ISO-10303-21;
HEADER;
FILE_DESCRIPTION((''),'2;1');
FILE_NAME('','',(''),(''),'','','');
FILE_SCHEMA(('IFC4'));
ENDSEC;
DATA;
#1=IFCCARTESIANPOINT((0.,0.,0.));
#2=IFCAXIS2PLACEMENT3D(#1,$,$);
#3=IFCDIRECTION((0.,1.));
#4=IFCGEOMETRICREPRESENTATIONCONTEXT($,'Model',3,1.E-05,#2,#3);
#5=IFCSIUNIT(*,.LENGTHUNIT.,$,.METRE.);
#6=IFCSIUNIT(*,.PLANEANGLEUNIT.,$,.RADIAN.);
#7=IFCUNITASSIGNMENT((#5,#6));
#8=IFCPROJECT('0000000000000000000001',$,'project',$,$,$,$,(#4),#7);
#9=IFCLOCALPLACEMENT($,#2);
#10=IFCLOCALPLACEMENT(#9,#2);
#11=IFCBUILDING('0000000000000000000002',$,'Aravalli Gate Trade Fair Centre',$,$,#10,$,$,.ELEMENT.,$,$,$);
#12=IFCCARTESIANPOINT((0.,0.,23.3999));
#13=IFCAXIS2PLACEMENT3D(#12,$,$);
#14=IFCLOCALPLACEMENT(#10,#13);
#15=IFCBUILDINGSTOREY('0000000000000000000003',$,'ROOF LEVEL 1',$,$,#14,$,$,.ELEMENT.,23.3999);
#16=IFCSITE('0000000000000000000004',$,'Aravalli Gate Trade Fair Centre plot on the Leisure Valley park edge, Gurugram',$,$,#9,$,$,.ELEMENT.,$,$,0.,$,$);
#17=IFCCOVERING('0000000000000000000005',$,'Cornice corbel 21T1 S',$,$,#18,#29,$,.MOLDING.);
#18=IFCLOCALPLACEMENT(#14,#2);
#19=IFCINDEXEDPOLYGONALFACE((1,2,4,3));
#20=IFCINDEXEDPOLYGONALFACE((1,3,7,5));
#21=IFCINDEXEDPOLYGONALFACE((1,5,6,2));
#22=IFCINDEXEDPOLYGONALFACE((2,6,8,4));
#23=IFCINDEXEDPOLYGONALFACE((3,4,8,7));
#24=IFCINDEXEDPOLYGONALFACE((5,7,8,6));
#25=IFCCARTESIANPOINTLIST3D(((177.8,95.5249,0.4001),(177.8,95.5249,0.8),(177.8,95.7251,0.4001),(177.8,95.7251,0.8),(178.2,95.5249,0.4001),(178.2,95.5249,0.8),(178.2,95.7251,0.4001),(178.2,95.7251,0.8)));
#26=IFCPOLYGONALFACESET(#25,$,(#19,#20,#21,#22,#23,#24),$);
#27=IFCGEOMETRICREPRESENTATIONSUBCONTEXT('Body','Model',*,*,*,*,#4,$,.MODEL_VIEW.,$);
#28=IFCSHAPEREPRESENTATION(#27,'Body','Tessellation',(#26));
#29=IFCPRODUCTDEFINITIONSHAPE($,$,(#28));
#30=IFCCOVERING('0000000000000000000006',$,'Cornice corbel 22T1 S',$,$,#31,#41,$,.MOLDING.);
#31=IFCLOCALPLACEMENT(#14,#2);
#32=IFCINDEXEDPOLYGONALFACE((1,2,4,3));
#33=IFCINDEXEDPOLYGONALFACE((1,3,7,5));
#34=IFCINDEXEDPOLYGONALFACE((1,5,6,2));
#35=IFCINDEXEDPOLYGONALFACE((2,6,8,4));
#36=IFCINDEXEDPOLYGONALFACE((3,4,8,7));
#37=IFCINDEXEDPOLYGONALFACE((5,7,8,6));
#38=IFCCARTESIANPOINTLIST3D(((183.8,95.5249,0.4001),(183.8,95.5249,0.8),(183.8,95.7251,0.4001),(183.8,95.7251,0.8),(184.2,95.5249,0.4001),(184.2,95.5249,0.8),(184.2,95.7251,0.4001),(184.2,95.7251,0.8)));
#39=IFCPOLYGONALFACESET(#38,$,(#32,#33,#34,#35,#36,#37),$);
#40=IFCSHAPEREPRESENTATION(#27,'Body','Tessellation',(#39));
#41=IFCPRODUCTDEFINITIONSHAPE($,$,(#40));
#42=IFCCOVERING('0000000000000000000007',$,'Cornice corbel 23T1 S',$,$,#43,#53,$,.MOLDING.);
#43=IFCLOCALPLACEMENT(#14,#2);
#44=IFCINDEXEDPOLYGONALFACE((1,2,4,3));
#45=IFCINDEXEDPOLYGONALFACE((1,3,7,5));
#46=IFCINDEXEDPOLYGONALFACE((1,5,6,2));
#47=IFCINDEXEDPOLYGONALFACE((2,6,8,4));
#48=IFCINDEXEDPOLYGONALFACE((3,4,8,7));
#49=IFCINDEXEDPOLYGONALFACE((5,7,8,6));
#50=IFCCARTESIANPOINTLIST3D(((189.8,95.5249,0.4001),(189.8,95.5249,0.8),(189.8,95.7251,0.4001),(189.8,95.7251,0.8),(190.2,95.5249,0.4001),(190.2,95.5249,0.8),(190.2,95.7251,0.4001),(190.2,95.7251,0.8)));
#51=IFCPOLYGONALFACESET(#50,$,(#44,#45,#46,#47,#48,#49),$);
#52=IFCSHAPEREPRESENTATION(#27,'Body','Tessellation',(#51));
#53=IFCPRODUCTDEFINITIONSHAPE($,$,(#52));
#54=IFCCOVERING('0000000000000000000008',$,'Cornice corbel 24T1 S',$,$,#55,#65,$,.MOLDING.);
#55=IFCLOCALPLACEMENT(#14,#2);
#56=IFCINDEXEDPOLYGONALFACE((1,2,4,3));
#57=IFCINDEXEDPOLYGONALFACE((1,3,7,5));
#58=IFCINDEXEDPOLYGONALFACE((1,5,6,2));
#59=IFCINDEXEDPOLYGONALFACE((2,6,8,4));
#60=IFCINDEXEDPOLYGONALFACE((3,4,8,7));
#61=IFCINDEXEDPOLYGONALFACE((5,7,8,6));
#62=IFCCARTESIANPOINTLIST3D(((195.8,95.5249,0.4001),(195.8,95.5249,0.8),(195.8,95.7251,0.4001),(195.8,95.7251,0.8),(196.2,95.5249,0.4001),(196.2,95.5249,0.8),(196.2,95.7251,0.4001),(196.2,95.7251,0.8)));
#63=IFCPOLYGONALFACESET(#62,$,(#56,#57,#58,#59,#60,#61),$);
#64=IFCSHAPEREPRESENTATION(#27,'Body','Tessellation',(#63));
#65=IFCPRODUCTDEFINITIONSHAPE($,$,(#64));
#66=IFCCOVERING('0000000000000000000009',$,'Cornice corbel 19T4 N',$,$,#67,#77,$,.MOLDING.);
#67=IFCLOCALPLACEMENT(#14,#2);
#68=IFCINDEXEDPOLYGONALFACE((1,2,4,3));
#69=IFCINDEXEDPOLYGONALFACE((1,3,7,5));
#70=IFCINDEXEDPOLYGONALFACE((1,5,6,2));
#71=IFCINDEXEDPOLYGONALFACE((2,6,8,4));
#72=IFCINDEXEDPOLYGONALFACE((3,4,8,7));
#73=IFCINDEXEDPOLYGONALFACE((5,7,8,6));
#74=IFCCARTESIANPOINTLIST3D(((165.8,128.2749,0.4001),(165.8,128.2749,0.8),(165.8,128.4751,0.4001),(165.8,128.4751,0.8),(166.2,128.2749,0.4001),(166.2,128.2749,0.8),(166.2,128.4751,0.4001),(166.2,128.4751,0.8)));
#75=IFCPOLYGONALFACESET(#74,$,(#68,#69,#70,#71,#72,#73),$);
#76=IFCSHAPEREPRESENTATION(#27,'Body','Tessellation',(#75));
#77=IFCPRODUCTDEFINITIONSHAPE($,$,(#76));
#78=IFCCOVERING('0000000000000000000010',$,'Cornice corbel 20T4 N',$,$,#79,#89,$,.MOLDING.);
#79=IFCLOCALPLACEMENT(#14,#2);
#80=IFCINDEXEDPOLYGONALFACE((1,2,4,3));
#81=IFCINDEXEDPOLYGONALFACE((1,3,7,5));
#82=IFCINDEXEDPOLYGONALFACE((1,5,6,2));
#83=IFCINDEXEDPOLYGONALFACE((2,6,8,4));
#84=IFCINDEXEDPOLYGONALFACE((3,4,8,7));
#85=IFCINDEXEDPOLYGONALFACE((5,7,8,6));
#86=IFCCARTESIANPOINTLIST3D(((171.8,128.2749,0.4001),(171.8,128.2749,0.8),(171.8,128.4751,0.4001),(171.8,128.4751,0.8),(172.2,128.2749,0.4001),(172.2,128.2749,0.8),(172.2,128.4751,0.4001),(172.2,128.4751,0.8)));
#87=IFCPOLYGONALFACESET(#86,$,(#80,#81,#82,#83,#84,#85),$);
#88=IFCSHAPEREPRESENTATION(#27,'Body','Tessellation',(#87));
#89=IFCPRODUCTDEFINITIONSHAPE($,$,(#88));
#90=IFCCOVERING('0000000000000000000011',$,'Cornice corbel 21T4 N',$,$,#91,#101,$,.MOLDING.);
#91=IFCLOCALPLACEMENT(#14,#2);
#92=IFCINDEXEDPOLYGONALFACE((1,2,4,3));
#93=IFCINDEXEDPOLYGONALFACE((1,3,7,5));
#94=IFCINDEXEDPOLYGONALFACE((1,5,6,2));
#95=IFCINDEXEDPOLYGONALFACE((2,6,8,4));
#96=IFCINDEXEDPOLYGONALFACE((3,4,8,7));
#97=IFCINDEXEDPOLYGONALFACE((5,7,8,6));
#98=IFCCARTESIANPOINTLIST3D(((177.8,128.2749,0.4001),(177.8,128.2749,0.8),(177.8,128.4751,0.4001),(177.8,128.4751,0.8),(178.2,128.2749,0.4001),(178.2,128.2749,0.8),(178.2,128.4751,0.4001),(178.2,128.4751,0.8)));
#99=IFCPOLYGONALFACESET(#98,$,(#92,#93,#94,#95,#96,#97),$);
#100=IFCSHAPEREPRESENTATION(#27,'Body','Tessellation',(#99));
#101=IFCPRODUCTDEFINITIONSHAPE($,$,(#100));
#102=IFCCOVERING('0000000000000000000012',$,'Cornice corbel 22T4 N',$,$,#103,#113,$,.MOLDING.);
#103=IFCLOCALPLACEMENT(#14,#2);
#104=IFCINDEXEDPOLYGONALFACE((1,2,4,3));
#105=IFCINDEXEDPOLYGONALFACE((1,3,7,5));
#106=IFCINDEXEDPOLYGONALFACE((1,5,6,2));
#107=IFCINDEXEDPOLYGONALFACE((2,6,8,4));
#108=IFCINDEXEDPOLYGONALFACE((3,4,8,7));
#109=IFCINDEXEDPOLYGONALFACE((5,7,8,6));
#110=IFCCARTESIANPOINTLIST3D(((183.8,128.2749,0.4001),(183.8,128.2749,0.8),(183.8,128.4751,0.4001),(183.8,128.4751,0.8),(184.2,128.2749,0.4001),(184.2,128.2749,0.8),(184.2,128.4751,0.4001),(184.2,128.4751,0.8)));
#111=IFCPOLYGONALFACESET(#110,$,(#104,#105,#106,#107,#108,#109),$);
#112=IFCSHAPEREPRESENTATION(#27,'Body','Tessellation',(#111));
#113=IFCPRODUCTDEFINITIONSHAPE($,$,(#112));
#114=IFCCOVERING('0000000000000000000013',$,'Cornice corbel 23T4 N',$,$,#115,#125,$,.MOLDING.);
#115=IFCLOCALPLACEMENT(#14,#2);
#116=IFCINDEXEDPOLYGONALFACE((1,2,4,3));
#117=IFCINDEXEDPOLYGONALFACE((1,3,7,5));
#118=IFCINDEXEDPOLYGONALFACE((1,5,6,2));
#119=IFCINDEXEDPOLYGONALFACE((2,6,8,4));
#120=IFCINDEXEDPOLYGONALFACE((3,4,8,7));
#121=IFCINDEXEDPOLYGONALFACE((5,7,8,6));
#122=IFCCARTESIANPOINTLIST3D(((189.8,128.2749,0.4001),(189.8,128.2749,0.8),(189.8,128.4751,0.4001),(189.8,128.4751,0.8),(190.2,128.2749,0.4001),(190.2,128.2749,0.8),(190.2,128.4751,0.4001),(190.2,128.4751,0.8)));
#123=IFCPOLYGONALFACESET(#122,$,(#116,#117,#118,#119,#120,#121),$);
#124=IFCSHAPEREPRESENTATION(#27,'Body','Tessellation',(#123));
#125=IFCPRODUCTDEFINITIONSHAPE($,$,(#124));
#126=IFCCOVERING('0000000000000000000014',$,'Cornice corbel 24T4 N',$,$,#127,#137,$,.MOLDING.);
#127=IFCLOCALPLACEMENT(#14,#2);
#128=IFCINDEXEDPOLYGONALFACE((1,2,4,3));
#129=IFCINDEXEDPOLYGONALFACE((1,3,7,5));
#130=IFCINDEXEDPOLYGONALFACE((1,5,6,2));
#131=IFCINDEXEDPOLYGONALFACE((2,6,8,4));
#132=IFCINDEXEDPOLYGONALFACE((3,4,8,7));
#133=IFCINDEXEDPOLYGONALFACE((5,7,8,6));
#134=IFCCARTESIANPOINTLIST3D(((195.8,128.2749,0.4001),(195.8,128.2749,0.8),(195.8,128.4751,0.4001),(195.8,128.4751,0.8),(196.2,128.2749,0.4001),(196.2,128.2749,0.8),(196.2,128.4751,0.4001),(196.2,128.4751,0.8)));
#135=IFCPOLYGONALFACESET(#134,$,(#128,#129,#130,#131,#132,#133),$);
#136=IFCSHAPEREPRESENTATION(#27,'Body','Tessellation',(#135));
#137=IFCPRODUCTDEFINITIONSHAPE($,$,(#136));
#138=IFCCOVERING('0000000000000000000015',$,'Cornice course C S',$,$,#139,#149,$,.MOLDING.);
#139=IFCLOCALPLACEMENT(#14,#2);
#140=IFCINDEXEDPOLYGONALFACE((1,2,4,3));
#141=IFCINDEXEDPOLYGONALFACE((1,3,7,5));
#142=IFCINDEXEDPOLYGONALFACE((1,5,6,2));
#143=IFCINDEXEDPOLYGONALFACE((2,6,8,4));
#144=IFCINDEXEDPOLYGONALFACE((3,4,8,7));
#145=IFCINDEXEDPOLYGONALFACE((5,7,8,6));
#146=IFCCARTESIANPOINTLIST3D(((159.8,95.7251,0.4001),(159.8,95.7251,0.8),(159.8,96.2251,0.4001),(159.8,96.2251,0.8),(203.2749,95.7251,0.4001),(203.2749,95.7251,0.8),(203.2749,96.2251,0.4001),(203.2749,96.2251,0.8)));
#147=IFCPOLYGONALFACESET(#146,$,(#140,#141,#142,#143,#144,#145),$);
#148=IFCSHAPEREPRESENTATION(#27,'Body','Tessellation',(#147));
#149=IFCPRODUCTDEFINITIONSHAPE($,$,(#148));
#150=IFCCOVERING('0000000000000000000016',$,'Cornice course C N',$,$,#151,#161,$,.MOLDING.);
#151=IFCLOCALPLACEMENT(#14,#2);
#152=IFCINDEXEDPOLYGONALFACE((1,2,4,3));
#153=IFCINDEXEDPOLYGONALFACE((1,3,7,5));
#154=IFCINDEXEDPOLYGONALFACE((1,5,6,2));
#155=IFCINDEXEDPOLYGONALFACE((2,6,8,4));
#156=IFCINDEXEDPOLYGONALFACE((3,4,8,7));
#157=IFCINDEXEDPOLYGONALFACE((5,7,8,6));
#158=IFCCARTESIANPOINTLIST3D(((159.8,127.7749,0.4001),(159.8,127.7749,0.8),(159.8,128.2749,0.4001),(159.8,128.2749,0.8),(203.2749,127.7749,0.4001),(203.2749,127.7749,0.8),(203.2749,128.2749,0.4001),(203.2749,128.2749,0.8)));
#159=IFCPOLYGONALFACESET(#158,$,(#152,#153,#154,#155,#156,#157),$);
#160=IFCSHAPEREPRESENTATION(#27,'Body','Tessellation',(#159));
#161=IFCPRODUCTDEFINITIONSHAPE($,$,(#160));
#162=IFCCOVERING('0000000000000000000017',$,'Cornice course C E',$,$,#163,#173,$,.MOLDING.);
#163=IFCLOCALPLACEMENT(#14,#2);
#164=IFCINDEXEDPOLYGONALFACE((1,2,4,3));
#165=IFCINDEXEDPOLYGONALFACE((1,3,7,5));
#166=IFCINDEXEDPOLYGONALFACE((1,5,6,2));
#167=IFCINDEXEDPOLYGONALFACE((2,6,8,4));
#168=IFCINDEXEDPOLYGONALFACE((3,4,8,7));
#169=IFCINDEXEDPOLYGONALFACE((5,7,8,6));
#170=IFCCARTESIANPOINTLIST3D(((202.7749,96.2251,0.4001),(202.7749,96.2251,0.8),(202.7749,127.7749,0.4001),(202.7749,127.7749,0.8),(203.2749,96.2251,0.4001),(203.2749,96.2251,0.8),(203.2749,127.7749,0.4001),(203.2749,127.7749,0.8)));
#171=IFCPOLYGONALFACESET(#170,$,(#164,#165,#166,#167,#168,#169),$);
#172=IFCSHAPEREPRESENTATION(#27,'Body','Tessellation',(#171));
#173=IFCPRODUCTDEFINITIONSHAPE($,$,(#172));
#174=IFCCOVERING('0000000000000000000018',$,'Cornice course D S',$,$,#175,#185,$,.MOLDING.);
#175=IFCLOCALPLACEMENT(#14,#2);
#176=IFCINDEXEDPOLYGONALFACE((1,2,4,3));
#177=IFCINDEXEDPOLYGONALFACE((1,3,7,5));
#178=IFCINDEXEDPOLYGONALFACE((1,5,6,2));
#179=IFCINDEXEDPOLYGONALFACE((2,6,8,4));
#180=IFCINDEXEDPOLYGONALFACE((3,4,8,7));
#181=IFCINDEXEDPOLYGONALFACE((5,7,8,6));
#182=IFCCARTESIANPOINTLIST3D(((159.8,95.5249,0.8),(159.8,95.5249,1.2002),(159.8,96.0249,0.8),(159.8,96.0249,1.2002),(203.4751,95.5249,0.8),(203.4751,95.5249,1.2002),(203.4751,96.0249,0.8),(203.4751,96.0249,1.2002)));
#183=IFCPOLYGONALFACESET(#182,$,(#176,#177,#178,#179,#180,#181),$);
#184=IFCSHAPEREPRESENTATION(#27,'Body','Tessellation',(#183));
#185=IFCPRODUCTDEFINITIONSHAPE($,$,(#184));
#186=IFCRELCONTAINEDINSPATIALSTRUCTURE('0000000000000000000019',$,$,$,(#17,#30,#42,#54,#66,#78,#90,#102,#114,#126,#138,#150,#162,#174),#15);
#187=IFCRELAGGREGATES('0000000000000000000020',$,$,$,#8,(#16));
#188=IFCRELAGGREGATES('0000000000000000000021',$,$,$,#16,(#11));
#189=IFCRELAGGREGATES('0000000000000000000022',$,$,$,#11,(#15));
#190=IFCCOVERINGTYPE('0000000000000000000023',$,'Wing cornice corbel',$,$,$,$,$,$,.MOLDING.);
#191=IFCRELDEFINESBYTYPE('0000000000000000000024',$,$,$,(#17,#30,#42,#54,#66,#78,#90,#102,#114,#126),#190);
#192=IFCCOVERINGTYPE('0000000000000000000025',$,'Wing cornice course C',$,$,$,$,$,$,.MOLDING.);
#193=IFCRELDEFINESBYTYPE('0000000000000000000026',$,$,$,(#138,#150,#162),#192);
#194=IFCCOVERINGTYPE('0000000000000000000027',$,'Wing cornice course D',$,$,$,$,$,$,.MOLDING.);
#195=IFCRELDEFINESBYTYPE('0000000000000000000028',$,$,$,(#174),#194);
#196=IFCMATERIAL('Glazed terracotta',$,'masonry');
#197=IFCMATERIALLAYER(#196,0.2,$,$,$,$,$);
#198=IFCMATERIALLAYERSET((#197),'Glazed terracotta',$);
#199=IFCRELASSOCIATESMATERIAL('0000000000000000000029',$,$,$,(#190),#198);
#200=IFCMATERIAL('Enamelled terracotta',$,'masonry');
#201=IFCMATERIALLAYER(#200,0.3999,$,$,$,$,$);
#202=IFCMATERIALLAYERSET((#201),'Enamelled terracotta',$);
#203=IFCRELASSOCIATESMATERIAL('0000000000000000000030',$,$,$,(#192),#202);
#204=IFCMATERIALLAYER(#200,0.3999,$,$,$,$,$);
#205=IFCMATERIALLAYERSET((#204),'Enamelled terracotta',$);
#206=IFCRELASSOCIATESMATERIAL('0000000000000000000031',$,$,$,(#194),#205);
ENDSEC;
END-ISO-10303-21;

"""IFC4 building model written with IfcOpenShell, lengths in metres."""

from ifc_helpers import new_model, si_unit, direction, frame, origin, place, context, subcontext, project, spatial, polyline, outline, extrude, material, layer, layer_set, type_object, element, save


model = new_model("IFC4")

# Units and contexts
model_context = context("Model", 3, precision=1e-05, world=origin(), true_north=direction((0.0, 1.0)))
body_context = subcontext(model_context, "Body", "Model", "MODEL_VIEW")
ifc_project = project(units=[si_unit("LENGTHUNIT", "METRE"), si_unit("PLANEANGLEUNIT", "RADIAN")], contexts=[model_context])

# Site, building, storey
site_placement = place(None, origin())
site = spatial("IfcSite", under=ifc_project, at=site_placement, Name="Aravalli Gate Trade Fair Centre plot on the Leisure Valley park edge, Gurugram", CompositionType="ELEMENT", RefElevation=0.0)
building_placement = place(site_placement, origin())
building = spatial("IfcBuilding", under=site, at=building_placement, Name="Aravalli Gate Trade Fair Centre", CompositionType="ELEMENT")
storey_placement = place(building_placement, frame((0.0, 0.0, 23.3999)))
storey = spatial("IfcBuildingStorey", under=building, at=storey_placement, Name="ROOF LEVEL 1", CompositionType="ELEMENT", Elevation=23.3999)

# Coverings
ifc_material_1 = material(Name="Glazed terracotta", Category="masonry")
ifc_layer_1 = layer(ifc_material_1, 0.2)
ifc_layer_set_1 = layer_set([ifc_layer_1], Name="Glazed terracotta")
covering_type_1 = type_object("IfcCoveringType", Name="Wing cornice corbel", PredefinedType="MOLDING", material=ifc_layer_set_1)
covering_1_placement = place(storey_placement, frame((0.0, 0.0, 0.4001)))
element("IfcCovering", 1, at=covering_1_placement, inside=storey, type_object=covering_type_1, Name="Cornice corbel 21T1 S", PredefinedType="MOLDING", context=body_context, shape_type="SweptSolid", body=[
    extrude(outline(polyline([(177.8, 95.5249), (178.2, 95.5249), (178.2, 95.7251), (177.8, 95.7251), (177.8, 95.5249)])), origin(), (0.0, 0.0, 1.0), 0.3999),
])
covering_2_placement = place(storey_placement, frame((0.0, 0.0, 0.4001)))
element("IfcCovering", 2, at=covering_2_placement, inside=storey, type_object=covering_type_1, Name="Cornice corbel 22T1 S", PredefinedType="MOLDING", context=body_context, shape_type="SweptSolid", body=[
    extrude(outline(polyline([(183.8, 95.5249), (184.2, 95.5249), (184.2, 95.7251), (183.8, 95.7251), (183.8, 95.5249)])), origin(), (0.0, 0.0, 1.0), 0.3999),
])
covering_3_placement = place(storey_placement, frame((0.0, 0.0, 0.4001)))
element("IfcCovering", 3, at=covering_3_placement, inside=storey, type_object=covering_type_1, Name="Cornice corbel 23T1 S", PredefinedType="MOLDING", context=body_context, shape_type="SweptSolid", body=[
    extrude(outline(polyline([(189.8, 95.5249), (190.2, 95.5249), (190.2, 95.7251), (189.8, 95.7251), (189.8, 95.5249)])), origin(), (0.0, 0.0, 1.0), 0.3999),
])
covering_4_placement = place(storey_placement, frame((0.0, 0.0, 0.4001)))
element("IfcCovering", 4, at=covering_4_placement, inside=storey, type_object=covering_type_1, Name="Cornice corbel 24T1 S", PredefinedType="MOLDING", context=body_context, shape_type="SweptSolid", body=[
    extrude(outline(polyline([(195.8, 95.5249), (196.2, 95.5249), (196.2, 95.7251), (195.8, 95.7251), (195.8, 95.5249)])), origin(), (0.0, 0.0, 1.0), 0.3999),
])
covering_5_placement = place(storey_placement, frame((0.0, 0.0, 0.4001)))
element("IfcCovering", 5, at=covering_5_placement, inside=storey, type_object=covering_type_1, Name="Cornice corbel 19T4 N", PredefinedType="MOLDING", context=body_context, shape_type="SweptSolid", body=[
    extrude(outline(polyline([(165.8, 128.2749), (166.2, 128.2749), (166.2, 128.4751), (165.8, 128.4751), (165.8, 128.2749)])), origin(), (0.0, 0.0, 1.0), 0.3999),
])
covering_6_placement = place(storey_placement, frame((0.0, 0.0, 0.4001)))
element("IfcCovering", 6, at=covering_6_placement, inside=storey, type_object=covering_type_1, Name="Cornice corbel 20T4 N", PredefinedType="MOLDING", context=body_context, shape_type="SweptSolid", body=[
    extrude(outline(polyline([(171.8, 128.2749), (172.2, 128.2749), (172.2, 128.4751), (171.8, 128.4751), (171.8, 128.2749)])), origin(), (0.0, 0.0, 1.0), 0.3999),
])
covering_7_placement = place(storey_placement, frame((0.0, 0.0, 0.4001)))
element("IfcCovering", 7, at=covering_7_placement, inside=storey, type_object=covering_type_1, Name="Cornice corbel 21T4 N", PredefinedType="MOLDING", context=body_context, shape_type="SweptSolid", body=[
    extrude(outline(polyline([(177.8, 128.2749), (178.2, 128.2749), (178.2, 128.4751), (177.8, 128.4751), (177.8, 128.2749)])), origin(), (0.0, 0.0, 1.0), 0.3999),
])
covering_8_placement = place(storey_placement, frame((0.0, 0.0, 0.4001)))
element("IfcCovering", 8, at=covering_8_placement, inside=storey, type_object=covering_type_1, Name="Cornice corbel 22T4 N", PredefinedType="MOLDING", context=body_context, shape_type="SweptSolid", body=[
    extrude(outline(polyline([(183.8, 128.2749), (184.2, 128.2749), (184.2, 128.4751), (183.8, 128.4751), (183.8, 128.2749)])), origin(), (0.0, 0.0, 1.0), 0.3999),
])
covering_9_placement = place(storey_placement, frame((0.0, 0.0, 0.4001)))
element("IfcCovering", 9, at=covering_9_placement, inside=storey, type_object=covering_type_1, Name="Cornice corbel 23T4 N", PredefinedType="MOLDING", context=body_context, shape_type="SweptSolid", body=[
    extrude(outline(polyline([(189.8, 128.2749), (190.2, 128.2749), (190.2, 128.4751), (189.8, 128.4751), (189.8, 128.2749)])), origin(), (0.0, 0.0, 1.0), 0.3999),
])
covering_10_placement = place(storey_placement, frame((0.0, 0.0, 0.4001)))
element("IfcCovering", 10, at=covering_10_placement, inside=storey, type_object=covering_type_1, Name="Cornice corbel 24T4 N", PredefinedType="MOLDING", context=body_context, shape_type="SweptSolid", body=[
    extrude(outline(polyline([(195.8, 128.2749), (196.2, 128.2749), (196.2, 128.4751), (195.8, 128.4751), (195.8, 128.2749)])), origin(), (0.0, 0.0, 1.0), 0.3999),
])
ifc_material_2 = material(Name="Enamelled terracotta", Category="masonry")
ifc_layer_2 = layer(ifc_material_2, 0.3999)
ifc_layer_set_2 = layer_set([ifc_layer_2], Name="Enamelled terracotta")
covering_type_2 = type_object("IfcCoveringType", Name="Wing cornice course C", PredefinedType="MOLDING", material=ifc_layer_set_2)
covering_11_placement = place(storey_placement, frame((0.0, 0.0, 0.4001)))
element("IfcCovering", 11, at=covering_11_placement, inside=storey, type_object=covering_type_2, Name="Cornice course C S", PredefinedType="MOLDING", context=body_context, shape_type="SweptSolid", body=[
    extrude(outline(polyline([(159.8, 95.7251), (203.2749, 95.7251), (203.2749, 96.2251), (159.8, 96.2251), (159.8, 95.7251)])), origin(), (0.0, 0.0, 1.0), 0.3999),
])
covering_12_placement = place(storey_placement, frame((0.0, 0.0, 0.4001)))
element("IfcCovering", 12, at=covering_12_placement, inside=storey, type_object=covering_type_2, Name="Cornice course C N", PredefinedType="MOLDING", context=body_context, shape_type="SweptSolid", body=[
    extrude(outline(polyline([(159.8, 127.7749), (203.2749, 127.7749), (203.2749, 128.2749), (159.8, 128.2749), (159.8, 127.7749)])), origin(), (0.0, 0.0, 1.0), 0.3999),
])
covering_13_placement = place(storey_placement, frame((0.0, 0.0, 0.4001)))
element("IfcCovering", 13, at=covering_13_placement, inside=storey, type_object=covering_type_2, Name="Cornice course C E", PredefinedType="MOLDING", context=body_context, shape_type="SweptSolid", body=[
    extrude(outline(polyline([(202.7749, 96.2251), (203.2749, 96.2251), (203.2749, 127.7749), (202.7749, 127.7749), (202.7749, 96.2251)])), origin(), (0.0, 0.0, 1.0), 0.3999),
])
ifc_layer_3 = layer(ifc_material_2, 0.3999)
ifc_layer_set_3 = layer_set([ifc_layer_3], Name="Enamelled terracotta")
covering_type_3 = type_object("IfcCoveringType", Name="Wing cornice course D", PredefinedType="MOLDING", material=ifc_layer_set_3)
covering_14_placement = place(storey_placement, frame((0.0, 0.0, 0.8)))
element("IfcCovering", 14, at=covering_14_placement, inside=storey, type_object=covering_type_3, Name="Cornice course D S", PredefinedType="MOLDING", context=body_context, shape_type="SweptSolid", body=[
    extrude(outline(polyline([(159.8, 95.5249), (203.4751, 95.5249), (203.4751, 96.0249), (159.8, 96.0249), (159.8, 95.5249)])), origin(), (0.0, 0.0, 1.0), 0.4001),
])

save(model, "model.ifc")
